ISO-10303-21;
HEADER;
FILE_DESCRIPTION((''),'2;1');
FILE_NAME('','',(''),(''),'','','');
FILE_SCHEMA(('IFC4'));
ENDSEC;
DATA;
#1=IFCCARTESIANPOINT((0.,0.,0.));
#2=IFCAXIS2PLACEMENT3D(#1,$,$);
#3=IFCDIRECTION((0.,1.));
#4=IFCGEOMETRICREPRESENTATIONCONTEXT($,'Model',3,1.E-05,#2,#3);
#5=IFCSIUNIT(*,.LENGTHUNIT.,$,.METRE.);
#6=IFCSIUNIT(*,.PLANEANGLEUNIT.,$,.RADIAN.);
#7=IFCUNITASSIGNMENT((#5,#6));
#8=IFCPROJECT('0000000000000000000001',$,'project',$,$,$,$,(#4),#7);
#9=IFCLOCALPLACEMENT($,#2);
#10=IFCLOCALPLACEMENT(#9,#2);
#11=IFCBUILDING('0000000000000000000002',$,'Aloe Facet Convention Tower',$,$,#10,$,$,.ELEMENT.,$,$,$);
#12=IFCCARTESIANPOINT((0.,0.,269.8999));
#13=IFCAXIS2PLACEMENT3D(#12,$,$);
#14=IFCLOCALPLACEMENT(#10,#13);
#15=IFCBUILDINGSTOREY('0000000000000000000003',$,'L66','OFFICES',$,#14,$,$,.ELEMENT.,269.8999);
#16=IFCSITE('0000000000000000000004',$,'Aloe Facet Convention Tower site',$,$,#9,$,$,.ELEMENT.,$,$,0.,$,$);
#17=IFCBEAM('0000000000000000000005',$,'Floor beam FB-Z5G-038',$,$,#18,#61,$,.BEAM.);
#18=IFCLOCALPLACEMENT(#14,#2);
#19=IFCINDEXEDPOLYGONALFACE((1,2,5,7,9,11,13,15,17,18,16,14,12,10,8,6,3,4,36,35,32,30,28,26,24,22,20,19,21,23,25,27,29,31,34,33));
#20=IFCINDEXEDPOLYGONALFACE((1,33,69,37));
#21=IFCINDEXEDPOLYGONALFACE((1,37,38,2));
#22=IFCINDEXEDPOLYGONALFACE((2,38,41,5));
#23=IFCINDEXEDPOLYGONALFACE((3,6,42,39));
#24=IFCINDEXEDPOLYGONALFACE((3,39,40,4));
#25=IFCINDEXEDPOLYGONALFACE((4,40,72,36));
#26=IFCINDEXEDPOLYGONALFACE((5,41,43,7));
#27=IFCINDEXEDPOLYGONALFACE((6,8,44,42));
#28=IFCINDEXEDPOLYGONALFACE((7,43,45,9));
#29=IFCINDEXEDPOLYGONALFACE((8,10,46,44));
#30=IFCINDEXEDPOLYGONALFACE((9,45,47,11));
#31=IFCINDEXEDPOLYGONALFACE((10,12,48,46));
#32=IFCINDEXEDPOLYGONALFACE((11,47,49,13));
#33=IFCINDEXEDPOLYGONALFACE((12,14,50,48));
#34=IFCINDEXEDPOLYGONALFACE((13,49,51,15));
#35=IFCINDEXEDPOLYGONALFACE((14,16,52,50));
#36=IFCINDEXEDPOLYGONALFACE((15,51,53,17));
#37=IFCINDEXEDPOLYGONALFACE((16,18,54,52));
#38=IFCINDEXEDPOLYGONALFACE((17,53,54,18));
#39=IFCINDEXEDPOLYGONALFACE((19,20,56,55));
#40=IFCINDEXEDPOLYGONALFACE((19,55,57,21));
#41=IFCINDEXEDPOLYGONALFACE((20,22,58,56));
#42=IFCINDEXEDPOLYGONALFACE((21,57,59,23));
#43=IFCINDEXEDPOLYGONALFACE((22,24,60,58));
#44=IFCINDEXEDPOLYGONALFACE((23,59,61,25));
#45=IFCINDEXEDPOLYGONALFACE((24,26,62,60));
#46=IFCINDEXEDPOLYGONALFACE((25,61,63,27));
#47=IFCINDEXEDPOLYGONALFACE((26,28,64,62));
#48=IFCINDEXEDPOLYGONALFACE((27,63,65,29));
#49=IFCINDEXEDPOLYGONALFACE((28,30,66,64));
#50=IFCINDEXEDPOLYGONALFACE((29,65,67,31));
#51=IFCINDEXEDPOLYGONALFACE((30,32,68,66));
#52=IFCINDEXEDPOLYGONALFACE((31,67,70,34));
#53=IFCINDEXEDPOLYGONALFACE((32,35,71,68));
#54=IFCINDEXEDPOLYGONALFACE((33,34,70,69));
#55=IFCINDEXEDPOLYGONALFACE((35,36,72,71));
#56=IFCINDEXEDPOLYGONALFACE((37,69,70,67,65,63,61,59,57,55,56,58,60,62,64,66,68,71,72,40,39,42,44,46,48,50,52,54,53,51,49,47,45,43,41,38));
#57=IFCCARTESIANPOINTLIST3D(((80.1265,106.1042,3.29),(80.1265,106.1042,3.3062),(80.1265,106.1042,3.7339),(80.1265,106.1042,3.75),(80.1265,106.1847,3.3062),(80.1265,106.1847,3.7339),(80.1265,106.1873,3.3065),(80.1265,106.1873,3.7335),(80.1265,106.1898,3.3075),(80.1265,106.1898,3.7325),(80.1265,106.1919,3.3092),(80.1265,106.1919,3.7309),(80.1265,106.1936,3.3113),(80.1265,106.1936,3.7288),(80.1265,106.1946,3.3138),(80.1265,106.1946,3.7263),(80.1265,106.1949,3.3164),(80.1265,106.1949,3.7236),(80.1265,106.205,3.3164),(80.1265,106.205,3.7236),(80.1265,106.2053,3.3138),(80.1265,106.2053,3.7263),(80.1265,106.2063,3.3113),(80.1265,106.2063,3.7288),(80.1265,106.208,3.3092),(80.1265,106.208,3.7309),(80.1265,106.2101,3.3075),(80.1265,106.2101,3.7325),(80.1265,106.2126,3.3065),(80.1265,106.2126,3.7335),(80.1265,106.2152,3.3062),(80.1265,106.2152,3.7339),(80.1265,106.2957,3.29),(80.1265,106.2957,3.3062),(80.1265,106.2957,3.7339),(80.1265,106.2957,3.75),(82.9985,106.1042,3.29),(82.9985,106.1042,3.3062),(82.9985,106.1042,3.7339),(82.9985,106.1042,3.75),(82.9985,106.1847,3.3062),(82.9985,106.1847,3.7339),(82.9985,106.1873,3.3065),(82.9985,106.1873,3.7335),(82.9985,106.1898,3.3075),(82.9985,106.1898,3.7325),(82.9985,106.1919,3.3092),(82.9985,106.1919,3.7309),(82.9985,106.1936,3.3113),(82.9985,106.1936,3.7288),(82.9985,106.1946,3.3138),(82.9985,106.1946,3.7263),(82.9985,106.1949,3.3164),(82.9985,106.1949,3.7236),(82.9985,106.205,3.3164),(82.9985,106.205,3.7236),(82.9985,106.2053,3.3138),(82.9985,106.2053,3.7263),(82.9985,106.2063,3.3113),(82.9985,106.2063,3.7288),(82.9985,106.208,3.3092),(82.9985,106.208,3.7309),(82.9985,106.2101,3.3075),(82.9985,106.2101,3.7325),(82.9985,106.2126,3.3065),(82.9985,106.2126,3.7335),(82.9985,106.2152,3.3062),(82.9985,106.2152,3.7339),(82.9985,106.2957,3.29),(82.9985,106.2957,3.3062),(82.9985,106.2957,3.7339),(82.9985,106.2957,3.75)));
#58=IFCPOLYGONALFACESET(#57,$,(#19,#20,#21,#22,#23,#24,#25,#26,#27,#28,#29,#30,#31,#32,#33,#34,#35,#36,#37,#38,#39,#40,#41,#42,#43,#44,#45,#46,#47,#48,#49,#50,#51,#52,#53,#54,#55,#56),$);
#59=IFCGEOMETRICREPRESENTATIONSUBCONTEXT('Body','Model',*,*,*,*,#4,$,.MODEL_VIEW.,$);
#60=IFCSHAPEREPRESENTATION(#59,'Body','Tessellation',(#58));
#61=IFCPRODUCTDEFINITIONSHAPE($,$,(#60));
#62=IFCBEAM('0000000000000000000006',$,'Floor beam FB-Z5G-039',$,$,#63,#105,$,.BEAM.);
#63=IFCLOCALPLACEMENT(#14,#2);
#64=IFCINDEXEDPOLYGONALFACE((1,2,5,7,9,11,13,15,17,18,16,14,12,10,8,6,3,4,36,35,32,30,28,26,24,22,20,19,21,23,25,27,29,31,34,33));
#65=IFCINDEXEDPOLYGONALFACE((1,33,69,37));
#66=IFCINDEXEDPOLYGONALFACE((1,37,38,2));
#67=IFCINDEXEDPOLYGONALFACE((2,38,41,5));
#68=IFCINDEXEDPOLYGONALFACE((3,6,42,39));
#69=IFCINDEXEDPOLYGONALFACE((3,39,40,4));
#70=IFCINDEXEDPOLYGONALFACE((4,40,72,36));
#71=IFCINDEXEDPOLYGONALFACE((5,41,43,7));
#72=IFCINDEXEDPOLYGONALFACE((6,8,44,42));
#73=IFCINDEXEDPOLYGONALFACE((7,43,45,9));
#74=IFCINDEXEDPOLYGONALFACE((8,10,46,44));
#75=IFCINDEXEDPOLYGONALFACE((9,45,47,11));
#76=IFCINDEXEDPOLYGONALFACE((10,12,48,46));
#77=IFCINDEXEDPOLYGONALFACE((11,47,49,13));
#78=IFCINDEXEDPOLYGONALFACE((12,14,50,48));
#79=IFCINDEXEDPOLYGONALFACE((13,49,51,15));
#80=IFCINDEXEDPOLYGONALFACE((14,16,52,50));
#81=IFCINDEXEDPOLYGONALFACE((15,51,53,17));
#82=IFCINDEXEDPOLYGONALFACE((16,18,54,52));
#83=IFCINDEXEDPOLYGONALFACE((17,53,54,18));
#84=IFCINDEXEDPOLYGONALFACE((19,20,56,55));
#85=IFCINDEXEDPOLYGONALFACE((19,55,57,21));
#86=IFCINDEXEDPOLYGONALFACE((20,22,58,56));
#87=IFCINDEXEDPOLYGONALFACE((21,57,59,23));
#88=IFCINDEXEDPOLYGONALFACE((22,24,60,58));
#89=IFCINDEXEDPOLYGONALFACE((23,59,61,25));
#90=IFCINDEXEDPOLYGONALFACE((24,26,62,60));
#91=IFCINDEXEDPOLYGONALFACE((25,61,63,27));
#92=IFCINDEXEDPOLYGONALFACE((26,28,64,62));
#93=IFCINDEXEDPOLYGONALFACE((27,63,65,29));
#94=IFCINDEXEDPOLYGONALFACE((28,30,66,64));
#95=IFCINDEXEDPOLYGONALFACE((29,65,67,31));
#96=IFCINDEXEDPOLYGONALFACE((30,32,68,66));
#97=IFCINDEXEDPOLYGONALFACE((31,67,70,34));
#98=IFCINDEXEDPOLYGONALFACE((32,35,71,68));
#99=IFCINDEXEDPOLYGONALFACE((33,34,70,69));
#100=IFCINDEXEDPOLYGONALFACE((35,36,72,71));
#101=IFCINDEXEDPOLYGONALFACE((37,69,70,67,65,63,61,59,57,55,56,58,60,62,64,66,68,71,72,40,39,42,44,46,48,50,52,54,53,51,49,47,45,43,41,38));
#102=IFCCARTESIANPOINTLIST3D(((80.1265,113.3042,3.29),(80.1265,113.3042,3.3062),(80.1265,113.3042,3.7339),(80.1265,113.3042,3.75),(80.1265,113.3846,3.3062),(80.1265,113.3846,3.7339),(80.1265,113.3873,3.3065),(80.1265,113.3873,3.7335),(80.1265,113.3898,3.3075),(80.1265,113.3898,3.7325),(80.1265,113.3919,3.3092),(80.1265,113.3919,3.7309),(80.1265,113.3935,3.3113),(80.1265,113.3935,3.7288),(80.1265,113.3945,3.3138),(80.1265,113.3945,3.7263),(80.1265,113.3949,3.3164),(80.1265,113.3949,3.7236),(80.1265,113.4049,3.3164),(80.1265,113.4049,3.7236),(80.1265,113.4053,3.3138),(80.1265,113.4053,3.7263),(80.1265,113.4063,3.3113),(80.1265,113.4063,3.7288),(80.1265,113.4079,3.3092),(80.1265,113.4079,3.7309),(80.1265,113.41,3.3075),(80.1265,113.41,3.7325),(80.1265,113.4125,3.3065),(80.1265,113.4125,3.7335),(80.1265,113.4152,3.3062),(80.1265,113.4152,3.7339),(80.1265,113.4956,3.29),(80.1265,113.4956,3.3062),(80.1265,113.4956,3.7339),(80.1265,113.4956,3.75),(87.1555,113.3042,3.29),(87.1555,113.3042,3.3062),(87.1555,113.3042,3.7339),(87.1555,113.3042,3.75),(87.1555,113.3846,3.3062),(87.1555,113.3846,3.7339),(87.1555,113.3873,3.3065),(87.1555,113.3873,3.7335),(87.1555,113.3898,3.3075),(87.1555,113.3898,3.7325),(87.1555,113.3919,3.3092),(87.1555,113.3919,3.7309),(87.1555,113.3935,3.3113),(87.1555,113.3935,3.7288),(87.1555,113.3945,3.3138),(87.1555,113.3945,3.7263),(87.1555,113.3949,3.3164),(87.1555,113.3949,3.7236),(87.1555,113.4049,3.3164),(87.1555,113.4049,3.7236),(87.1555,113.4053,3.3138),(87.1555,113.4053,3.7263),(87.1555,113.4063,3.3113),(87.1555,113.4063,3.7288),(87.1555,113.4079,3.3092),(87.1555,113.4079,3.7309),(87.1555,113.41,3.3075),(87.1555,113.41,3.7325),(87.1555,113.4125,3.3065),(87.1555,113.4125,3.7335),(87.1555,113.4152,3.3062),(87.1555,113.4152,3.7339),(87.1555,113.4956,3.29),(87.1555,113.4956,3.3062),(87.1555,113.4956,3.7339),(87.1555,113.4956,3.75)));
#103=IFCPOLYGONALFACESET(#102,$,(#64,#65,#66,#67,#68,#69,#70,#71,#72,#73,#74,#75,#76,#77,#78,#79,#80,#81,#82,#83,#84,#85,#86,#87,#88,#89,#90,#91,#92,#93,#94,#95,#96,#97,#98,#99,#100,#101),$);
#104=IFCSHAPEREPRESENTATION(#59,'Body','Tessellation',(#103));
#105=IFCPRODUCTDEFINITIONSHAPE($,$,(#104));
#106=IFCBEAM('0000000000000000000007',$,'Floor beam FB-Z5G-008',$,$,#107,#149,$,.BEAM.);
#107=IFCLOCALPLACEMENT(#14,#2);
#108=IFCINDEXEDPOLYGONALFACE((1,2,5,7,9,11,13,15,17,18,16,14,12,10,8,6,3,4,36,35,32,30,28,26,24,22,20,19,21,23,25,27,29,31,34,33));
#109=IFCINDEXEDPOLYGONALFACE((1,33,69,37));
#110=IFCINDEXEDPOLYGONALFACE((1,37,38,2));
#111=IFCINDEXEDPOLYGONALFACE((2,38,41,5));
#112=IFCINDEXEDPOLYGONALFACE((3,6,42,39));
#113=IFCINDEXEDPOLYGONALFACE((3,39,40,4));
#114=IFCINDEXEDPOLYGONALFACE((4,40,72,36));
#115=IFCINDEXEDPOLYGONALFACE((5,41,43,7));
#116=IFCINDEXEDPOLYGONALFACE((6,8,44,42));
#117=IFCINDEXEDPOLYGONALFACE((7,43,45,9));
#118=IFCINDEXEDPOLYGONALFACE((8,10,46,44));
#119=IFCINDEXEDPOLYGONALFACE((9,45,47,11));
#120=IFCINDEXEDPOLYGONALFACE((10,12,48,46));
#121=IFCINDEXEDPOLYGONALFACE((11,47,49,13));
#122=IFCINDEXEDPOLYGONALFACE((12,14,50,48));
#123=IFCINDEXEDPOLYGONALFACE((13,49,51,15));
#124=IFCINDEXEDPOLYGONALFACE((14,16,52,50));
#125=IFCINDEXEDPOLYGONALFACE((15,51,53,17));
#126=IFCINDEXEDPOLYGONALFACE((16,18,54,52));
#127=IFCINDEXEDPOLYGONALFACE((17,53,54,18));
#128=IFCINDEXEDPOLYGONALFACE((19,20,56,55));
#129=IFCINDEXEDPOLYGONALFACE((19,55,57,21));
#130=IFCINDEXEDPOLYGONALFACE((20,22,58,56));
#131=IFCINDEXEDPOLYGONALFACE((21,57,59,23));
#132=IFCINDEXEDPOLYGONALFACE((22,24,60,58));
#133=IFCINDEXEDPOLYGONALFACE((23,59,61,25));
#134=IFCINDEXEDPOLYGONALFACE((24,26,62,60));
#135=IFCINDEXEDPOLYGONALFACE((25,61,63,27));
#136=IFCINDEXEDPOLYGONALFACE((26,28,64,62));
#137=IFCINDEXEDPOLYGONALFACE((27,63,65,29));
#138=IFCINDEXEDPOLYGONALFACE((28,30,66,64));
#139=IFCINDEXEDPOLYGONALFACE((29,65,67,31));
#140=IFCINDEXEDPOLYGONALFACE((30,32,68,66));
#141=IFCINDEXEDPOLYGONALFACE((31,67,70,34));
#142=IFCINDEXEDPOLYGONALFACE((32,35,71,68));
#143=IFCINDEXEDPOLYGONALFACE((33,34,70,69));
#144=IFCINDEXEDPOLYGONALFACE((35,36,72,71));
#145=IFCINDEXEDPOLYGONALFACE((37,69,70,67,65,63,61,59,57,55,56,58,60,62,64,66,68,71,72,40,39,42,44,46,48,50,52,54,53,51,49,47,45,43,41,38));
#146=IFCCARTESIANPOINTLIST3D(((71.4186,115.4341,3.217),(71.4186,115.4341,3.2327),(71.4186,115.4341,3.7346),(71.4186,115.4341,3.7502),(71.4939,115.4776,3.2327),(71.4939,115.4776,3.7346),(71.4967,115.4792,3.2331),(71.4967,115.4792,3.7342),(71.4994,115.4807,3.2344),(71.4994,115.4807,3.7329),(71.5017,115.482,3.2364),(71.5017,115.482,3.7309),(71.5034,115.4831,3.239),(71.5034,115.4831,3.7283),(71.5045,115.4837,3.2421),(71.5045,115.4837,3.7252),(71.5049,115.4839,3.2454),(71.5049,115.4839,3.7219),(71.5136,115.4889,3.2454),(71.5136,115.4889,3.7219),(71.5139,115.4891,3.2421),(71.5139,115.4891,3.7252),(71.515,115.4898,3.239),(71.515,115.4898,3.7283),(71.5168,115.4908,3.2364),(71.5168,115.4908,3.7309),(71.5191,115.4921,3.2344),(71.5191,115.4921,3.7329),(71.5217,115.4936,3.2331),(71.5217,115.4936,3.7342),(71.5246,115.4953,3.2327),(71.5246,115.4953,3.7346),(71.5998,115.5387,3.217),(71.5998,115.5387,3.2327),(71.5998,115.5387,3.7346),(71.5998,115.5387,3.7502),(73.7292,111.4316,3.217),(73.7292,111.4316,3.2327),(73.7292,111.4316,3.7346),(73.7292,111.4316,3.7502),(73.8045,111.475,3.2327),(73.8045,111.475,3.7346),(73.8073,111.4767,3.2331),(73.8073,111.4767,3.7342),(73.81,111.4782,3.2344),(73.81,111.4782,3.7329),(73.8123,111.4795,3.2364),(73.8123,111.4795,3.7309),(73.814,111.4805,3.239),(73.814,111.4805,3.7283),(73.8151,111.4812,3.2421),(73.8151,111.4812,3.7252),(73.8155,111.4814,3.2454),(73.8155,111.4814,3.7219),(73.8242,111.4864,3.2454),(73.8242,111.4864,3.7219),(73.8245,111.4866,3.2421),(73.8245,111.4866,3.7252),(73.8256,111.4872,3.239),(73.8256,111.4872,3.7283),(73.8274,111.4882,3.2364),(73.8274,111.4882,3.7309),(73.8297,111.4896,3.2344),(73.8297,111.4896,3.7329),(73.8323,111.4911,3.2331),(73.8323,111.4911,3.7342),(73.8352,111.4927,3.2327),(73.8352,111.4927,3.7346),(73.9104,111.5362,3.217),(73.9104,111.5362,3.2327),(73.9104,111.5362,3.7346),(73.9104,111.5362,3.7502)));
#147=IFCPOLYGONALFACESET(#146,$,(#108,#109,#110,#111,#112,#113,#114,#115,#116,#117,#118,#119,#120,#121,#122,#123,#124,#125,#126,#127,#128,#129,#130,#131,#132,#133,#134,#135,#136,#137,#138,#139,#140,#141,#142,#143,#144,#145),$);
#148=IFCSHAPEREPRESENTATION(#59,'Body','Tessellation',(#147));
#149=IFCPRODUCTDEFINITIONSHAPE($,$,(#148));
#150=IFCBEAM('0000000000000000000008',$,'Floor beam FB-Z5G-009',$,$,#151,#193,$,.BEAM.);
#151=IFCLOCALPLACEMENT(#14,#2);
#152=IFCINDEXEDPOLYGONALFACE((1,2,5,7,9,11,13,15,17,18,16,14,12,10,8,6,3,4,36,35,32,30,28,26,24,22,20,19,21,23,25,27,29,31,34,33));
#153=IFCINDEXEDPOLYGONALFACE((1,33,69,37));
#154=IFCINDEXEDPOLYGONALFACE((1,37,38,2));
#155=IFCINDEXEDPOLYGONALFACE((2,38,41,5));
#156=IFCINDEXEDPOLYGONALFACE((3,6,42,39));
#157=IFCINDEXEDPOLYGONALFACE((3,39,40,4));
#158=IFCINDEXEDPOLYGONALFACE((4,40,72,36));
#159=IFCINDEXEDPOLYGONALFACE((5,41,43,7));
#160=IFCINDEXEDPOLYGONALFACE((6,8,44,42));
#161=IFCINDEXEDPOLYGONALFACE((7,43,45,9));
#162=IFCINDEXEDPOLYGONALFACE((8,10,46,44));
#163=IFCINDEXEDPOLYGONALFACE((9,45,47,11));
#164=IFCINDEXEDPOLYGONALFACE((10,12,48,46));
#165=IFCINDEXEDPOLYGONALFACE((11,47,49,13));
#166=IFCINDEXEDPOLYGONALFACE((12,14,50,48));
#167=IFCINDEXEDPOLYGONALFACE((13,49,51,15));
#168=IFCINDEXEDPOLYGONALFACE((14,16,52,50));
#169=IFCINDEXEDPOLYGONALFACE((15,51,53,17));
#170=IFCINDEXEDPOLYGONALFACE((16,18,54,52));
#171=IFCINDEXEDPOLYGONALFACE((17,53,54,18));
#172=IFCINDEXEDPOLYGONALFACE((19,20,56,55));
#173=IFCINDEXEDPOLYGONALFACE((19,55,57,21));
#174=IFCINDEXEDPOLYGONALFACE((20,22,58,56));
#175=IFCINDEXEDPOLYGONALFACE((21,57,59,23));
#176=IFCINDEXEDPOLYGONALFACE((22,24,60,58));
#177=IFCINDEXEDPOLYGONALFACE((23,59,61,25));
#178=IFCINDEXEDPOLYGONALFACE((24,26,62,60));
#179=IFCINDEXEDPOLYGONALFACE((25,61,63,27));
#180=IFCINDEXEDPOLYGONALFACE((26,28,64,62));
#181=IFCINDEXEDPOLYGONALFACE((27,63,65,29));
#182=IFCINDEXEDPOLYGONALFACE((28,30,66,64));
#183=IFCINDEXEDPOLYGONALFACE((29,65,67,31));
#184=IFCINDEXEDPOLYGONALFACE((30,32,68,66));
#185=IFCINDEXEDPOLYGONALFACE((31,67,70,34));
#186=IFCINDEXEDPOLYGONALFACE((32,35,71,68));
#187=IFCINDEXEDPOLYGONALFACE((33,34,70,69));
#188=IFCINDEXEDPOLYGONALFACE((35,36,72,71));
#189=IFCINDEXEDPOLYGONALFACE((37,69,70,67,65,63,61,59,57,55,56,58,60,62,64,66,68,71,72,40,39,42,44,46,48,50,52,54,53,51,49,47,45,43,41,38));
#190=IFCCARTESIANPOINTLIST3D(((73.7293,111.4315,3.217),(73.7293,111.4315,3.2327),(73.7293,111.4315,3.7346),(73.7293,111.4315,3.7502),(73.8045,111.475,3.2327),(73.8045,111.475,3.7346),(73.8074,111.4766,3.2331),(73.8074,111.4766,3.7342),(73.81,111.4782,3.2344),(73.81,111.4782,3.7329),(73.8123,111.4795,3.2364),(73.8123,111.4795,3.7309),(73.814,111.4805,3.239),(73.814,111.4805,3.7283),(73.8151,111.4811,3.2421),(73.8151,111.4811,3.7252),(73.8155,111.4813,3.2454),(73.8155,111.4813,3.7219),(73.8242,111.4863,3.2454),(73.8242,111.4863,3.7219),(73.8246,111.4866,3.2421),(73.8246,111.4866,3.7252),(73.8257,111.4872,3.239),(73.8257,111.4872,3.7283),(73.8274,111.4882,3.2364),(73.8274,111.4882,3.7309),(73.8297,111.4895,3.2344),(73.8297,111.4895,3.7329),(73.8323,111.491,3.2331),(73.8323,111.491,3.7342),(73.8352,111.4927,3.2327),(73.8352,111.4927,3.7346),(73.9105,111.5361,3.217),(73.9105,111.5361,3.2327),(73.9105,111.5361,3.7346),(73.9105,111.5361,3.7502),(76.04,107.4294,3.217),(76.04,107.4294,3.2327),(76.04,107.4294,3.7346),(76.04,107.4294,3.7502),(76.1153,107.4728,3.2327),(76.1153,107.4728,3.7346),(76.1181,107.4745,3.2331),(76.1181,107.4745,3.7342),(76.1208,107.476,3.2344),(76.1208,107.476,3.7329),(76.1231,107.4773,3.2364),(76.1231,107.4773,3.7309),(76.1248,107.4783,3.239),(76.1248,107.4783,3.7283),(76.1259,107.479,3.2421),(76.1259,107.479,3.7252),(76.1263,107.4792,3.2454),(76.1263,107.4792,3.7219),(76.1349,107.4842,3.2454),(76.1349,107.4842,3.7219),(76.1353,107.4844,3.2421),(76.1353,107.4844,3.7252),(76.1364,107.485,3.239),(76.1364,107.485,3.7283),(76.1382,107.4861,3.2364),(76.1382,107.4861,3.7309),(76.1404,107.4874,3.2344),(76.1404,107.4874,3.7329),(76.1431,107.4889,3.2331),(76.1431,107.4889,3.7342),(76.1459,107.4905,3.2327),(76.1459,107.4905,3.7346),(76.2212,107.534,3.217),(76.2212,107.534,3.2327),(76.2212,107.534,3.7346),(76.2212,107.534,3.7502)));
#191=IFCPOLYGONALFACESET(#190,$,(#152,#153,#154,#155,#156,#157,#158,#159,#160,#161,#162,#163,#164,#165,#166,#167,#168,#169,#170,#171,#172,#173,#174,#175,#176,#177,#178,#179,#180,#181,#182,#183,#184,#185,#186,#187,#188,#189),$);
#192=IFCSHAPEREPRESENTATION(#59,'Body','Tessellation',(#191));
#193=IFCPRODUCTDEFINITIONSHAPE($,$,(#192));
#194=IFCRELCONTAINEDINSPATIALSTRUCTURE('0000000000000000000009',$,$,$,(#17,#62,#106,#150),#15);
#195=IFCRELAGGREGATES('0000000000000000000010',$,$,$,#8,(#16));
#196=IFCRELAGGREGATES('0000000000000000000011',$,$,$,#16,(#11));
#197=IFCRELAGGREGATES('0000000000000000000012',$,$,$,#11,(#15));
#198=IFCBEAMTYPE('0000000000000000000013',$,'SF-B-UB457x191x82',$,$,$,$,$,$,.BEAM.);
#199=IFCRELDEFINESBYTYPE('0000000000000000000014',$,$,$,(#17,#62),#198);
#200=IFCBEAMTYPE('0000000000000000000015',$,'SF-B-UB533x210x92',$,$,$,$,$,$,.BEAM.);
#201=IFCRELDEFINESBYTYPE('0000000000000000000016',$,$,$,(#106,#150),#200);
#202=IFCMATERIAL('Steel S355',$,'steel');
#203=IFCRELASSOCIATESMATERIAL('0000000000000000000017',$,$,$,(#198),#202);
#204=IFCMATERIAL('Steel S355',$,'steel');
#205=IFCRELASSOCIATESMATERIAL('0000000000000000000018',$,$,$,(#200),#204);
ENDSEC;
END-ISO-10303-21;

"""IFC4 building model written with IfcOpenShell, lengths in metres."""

from ifc_helpers import new_model, si_unit, direction, frame, origin, origin_2d, place, context, subcontext, project, spatial, i_section, extrude, material, material_profile, profile_set, type_object, element, save


model = new_model("IFC4")

# Units and contexts
model_context = context("Model", 3, precision=1e-05, world=origin(), true_north=direction((0.0, 1.0)))
body_context = subcontext(model_context, "Body", "Model", "MODEL_VIEW")
ifc_project = project(units=[si_unit("LENGTHUNIT", "METRE"), si_unit("PLANEANGLEUNIT", "RADIAN")], contexts=[model_context])

# Site, building, storey
site_placement = place(None, origin())
site = spatial("IfcSite", under=ifc_project, at=site_placement, Name="Aloe Facet Convention Tower site", CompositionType="ELEMENT", RefElevation=0.0)
building_placement = place(site_placement, origin())
building = spatial("IfcBuilding", under=site, at=building_placement, Name="Aloe Facet Convention Tower", CompositionType="ELEMENT")
storey_placement = place(building_placement, frame((0.0, 0.0, 269.8999)))
storey = spatial("IfcBuildingStorey", under=building, at=storey_placement, Name="L66", Description="OFFICES", CompositionType="ELEMENT", Elevation=269.8999)

# Beams
ifc_material_1 = material(Name="Steel S355", Category="steel")
ifc_material_profile_1 = material_profile(ifc_material_1, i_section(OverallWidth=0.1914, OverallDepth=0.46, WebThickness=0.01, FlangeThickness=0.0161, FilletRadius=0.0103, at=origin_2d()), Name="UB 457x191x82")
ifc_profile_set_1 = profile_set([ifc_material_profile_1], Name="Steel S355")
beam_type_1 = type_object("IfcBeamType", Name="SF-B-UB457x191x82", PredefinedType="BEAM", material=ifc_profile_set_1)
for number, where, z_axis, x_axis, name in (
    (1, (80.1265, 106.2, 3.52), (1.0, 0.0, 0.0), (0.0, 1.0, 0.0), "Floor beam FB-Z5G-038"),
):
    element("IfcBeam", number, at=place(storey_placement, frame(where, z_axis=z_axis, x_axis=x_axis)), inside=storey, type_object=beam_type_1, Name=name, PredefinedType="BEAM", context=body_context, shape_type="SweptSolid", body=[
        extrude(i_section(OverallWidth=0.1914, OverallDepth=0.46, WebThickness=0.01, FlangeThickness=0.0161, FilletRadius=0.0103, at=origin_2d()), origin(), (0.0, 0.0, 1.0), 2.8721),
    ])
beam_1_placement = place(storey_placement, frame((80.1265, 113.3999, 3.52), z_axis=(1.0, 0.0, 0.0), x_axis=(0.0, 1.0, 0.0)))
element("IfcBeam", 2, at=beam_1_placement, inside=storey, type_object=beam_type_1, Name="Floor beam FB-Z5G-039", PredefinedType="BEAM", context=body_context, shape_type="SweptSolid", body=[
    extrude(i_section(OverallWidth=0.1914, OverallDepth=0.46, WebThickness=0.01, FlangeThickness=0.0161, FilletRadius=0.0103, at=origin_2d()), origin(), (0.0, 0.0, 1.0), 7.0291),
])
ifc_material_2 = material(Name="Steel S355", Category="steel")
ifc_material_profile_2 = material_profile(ifc_material_2, i_section(OverallWidth=0.2092, OverallDepth=0.5332, WebThickness=0.01, FlangeThickness=0.0156, FilletRadius=0.0127, at=origin_2d()), Name="UB 533x210x92")
ifc_profile_set_2 = profile_set([ifc_material_profile_2], Name="Steel S355")
beam_type_2 = type_object("IfcBeamType", Name="SF-B-UB533x210x92", PredefinedType="BEAM", material=ifc_profile_set_2)
beam_2_placement = place(storey_placement, frame((73.8198, 111.4839, 3.4836), z_axis=(-0.499957, 0.86605, 0.0), x_axis=(-0.86605, -0.499957, 0.0)))
element("IfcBeam", 3, at=beam_2_placement, inside=storey, type_object=beam_type_2, Name="Floor beam FB-Z5G-008", PredefinedType="BEAM", context=body_context, shape_type="SweptSolid", body=[
    extrude(i_section(OverallWidth=0.2092, OverallDepth=0.5332, WebThickness=0.01, FlangeThickness=0.0156, FilletRadius=0.0127, at=origin_2d()), origin(), (0.0, 0.0, 1.0), 4.6216),
])
beam_3_placement = place(storey_placement, frame((76.1306, 107.4817, 3.4836), z_axis=(-0.50002, 0.866014, 0.0), x_axis=(-0.866014, -0.50002, 0.0)))
element("IfcBeam", 4, at=beam_3_placement, inside=storey, type_object=beam_type_2, Name="Floor beam FB-Z5G-009", PredefinedType="BEAM", context=body_context, shape_type="SweptSolid", body=[
    extrude(i_section(OverallWidth=0.2092, OverallDepth=0.5332, WebThickness=0.01, FlangeThickness=0.0156, FilletRadius=0.0127, at=origin_2d()), origin(), (0.0, 0.0, 1.0), 4.6213),
])

save(model, "model.ifc")
